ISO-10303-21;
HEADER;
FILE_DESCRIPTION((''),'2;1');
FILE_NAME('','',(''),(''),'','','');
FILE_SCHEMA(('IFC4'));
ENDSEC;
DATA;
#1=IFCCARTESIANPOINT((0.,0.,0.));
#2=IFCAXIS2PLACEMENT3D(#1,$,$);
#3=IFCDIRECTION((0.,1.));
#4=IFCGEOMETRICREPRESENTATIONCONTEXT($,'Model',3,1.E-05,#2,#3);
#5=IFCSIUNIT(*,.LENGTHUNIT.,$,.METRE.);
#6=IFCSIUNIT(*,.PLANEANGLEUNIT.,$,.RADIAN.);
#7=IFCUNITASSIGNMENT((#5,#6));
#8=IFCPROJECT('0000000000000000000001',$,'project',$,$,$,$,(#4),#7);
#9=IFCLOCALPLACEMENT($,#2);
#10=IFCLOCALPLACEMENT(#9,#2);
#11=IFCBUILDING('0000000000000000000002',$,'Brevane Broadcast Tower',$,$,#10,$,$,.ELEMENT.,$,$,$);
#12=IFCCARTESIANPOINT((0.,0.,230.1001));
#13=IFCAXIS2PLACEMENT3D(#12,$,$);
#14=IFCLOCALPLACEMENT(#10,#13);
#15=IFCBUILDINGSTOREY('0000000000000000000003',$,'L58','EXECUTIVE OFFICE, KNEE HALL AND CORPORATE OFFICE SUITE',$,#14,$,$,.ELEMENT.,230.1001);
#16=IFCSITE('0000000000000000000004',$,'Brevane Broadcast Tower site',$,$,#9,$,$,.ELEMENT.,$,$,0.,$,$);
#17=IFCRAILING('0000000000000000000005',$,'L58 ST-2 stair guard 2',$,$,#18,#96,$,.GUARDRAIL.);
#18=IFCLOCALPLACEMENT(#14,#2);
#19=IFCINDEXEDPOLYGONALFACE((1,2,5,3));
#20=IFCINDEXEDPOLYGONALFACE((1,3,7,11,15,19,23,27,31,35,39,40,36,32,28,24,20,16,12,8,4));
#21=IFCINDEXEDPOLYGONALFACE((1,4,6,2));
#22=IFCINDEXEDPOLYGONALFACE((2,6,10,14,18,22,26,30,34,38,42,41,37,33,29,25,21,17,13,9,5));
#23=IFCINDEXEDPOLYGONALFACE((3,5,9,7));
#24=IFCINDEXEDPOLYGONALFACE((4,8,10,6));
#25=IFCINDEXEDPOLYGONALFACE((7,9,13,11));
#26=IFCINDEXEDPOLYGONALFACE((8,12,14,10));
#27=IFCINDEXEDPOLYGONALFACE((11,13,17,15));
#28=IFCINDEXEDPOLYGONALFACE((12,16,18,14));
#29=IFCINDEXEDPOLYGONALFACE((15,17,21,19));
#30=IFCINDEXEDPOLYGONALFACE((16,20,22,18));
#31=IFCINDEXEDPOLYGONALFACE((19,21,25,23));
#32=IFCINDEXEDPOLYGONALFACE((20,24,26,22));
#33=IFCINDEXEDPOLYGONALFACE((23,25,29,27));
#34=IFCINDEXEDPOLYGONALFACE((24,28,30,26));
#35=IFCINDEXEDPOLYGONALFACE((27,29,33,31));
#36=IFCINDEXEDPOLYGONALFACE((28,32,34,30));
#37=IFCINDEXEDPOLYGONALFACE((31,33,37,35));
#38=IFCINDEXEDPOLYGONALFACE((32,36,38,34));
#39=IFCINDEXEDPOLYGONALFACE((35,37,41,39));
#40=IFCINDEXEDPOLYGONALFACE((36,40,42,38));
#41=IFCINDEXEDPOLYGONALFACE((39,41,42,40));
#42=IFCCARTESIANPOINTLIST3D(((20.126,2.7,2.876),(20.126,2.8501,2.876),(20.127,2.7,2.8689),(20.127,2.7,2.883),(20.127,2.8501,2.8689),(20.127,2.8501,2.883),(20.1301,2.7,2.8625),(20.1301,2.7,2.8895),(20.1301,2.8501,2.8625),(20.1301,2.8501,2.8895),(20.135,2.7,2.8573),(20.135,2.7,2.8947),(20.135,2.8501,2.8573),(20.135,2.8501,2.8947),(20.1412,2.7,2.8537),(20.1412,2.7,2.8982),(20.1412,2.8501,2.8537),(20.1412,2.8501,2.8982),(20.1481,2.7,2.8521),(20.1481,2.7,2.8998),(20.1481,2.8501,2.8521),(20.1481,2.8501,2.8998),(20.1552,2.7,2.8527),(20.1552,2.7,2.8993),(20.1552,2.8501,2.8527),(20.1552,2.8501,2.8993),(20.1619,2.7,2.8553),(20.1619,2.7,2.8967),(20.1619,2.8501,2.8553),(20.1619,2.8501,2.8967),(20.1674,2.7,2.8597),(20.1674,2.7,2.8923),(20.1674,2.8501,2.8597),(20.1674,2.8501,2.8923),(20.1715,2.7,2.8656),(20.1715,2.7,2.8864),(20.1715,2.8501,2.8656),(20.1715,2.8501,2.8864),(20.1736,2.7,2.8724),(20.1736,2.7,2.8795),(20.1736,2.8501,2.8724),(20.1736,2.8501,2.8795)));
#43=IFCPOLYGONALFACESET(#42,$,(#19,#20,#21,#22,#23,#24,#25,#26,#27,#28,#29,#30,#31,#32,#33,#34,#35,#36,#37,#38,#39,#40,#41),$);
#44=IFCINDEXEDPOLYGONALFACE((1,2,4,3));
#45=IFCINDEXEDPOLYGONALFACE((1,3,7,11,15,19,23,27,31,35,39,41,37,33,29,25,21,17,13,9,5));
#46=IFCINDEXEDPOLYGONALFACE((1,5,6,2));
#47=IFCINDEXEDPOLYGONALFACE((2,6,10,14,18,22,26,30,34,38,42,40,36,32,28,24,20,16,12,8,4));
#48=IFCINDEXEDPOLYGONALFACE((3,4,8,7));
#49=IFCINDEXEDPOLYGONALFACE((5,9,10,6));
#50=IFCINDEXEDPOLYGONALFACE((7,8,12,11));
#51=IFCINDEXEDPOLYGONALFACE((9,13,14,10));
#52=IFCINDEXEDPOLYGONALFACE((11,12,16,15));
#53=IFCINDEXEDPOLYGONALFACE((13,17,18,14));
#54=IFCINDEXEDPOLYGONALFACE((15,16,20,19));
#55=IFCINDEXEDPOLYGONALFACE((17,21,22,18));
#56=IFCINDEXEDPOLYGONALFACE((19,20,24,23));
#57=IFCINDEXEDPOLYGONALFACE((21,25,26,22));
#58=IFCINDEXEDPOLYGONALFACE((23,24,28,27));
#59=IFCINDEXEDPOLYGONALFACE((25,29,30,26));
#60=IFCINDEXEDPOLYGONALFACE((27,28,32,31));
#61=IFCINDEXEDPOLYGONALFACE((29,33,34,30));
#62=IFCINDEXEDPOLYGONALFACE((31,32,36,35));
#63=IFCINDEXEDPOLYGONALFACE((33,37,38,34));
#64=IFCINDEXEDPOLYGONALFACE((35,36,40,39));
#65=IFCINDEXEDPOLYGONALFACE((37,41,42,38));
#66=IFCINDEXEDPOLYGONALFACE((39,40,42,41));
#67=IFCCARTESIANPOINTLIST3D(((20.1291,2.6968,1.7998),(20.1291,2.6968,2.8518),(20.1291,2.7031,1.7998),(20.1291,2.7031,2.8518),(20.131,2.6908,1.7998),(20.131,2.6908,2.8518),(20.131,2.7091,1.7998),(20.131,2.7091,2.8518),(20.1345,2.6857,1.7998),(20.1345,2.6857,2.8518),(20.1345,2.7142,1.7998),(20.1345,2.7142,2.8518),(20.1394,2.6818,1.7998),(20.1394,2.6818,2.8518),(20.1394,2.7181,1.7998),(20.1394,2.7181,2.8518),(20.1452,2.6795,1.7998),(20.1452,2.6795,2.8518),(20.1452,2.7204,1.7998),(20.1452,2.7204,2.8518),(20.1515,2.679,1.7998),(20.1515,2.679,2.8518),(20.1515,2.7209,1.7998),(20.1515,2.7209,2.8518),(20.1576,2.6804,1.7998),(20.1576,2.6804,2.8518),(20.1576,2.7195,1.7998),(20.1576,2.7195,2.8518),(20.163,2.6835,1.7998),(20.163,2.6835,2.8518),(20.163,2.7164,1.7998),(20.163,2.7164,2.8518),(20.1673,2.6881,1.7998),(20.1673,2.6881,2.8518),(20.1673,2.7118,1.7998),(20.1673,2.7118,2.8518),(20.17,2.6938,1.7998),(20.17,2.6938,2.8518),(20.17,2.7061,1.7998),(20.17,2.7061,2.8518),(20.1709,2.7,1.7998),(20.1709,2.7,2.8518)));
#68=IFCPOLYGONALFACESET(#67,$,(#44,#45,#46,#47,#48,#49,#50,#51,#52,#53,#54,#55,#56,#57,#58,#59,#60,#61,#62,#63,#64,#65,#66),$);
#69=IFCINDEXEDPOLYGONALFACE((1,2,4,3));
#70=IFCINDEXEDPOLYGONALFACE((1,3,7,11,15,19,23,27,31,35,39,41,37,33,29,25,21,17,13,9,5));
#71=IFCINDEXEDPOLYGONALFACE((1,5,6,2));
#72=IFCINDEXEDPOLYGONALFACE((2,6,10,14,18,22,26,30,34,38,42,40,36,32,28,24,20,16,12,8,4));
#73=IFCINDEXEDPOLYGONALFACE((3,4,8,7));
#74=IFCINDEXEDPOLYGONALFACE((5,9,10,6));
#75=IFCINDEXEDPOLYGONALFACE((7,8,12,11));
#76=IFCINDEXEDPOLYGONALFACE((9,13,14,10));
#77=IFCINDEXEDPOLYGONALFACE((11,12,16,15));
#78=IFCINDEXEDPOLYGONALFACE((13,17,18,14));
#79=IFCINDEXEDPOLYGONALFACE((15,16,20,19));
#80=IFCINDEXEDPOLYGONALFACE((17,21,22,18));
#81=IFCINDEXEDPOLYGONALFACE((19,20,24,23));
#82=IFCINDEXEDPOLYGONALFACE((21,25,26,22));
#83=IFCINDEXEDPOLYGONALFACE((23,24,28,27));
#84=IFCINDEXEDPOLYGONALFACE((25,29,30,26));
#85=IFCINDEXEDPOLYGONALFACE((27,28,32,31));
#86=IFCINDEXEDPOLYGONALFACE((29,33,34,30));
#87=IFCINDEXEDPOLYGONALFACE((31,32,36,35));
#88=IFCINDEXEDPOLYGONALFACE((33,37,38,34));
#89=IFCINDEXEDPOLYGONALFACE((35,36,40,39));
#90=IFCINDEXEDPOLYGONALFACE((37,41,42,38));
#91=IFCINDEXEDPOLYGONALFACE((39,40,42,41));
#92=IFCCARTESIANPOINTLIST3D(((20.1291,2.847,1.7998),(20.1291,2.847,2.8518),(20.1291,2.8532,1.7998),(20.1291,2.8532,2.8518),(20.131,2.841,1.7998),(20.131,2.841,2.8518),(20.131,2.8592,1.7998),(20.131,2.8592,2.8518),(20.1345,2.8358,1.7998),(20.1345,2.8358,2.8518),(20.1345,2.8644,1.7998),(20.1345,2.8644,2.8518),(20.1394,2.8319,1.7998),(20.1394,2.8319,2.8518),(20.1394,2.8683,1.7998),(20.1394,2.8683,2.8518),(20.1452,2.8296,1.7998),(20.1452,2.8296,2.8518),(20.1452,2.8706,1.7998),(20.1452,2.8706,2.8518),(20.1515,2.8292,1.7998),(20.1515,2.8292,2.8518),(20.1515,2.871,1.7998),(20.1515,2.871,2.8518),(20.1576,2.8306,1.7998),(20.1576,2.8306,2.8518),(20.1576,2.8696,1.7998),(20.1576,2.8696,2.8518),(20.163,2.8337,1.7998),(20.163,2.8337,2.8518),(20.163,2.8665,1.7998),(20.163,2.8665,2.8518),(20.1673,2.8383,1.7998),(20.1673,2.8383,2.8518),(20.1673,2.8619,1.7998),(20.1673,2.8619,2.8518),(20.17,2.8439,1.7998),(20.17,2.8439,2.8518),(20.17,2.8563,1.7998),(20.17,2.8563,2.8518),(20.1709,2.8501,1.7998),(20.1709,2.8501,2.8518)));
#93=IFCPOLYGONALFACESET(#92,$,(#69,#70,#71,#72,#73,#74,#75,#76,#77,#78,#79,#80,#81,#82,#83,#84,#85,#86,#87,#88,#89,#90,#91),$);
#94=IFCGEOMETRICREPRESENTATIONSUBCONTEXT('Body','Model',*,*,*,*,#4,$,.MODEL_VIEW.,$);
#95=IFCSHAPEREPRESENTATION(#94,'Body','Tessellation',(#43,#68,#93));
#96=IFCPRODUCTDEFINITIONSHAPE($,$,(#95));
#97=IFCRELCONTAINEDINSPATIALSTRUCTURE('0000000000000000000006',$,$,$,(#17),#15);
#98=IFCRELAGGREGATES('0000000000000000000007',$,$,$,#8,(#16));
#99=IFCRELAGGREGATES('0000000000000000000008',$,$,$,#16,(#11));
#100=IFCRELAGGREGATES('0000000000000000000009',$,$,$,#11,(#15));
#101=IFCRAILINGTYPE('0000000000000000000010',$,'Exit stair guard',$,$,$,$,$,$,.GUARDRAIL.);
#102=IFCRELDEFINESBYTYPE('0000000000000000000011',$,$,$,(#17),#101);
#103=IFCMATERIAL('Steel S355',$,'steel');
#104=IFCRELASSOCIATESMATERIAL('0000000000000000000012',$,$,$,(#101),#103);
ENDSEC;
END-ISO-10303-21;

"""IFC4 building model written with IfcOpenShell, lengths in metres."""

from ifc_helpers import new_model, si_unit, direction, frame, origin, origin_2d, place, context, subcontext, project, spatial, circle, extrude, material, type_object, element, save


model = new_model("IFC4")

# Units and contexts
model_context = context("Model", 3, precision=1e-05, world=origin(), true_north=direction((0.0, 1.0)))
body_context = subcontext(model_context, "Body", "Model", "MODEL_VIEW")
ifc_project = project(units=[si_unit("LENGTHUNIT", "METRE"), si_unit("PLANEANGLEUNIT", "RADIAN")], contexts=[model_context])

# Site, building, storey
site_placement = place(None, origin())
site = spatial("IfcSite", under=ifc_project, at=site_placement, Name="Brevane Broadcast Tower site", CompositionType="ELEMENT", RefElevation=0.0)
building_placement = place(site_placement, origin())
building = spatial("IfcBuilding", under=site, at=building_placement, Name="Brevane Broadcast Tower", CompositionType="ELEMENT")
storey_placement = place(building_placement, frame((0.0, 0.0, 230.1001)))
storey = spatial("IfcBuildingStorey", under=building, at=storey_placement, Name="L58", Description="EXECUTIVE OFFICE, KNEE HALL AND CORPORATE OFFICE SUITE", CompositionType="ELEMENT", Elevation=230.1001)

# Railing
ifc_material_1 = material(Name="Steel S355", Category="steel")
railing_type_1 = type_object("IfcRailingType", Name="Exit stair guard", PredefinedType="GUARDRAIL", material=ifc_material_1)
railing_1_placement = place(storey_placement, frame((20.1499, 2.7, 1.7998)))
element("IfcRailing", 1, at=railing_1_placement, inside=storey, type_object=railing_type_1, Name="L58 ST-2 stair guard 2", PredefinedType="GUARDRAIL", context=body_context, shape_type="SweptSolid", body=[
    extrude(circle(Radius=0.0239, at=origin_2d()), frame((0.0, 0.0, 1.0762), z_axis=(0.0, 1.0, 0.0), x_axis=(-1.0, 0.0, 0.0)), (0.0, 0.0, 1.0), 0.1501),
    extrude(circle(Radius=0.021, at=origin_2d()), origin(), (0.0, 0.0, 1.0), 1.052),
    extrude(circle(Radius=0.021, at=origin_2d()), frame((0.0, 0.1501, 0.0)), (0.0, 0.0, 1.0), 1.052),
])

save(model, "model.ifc")
